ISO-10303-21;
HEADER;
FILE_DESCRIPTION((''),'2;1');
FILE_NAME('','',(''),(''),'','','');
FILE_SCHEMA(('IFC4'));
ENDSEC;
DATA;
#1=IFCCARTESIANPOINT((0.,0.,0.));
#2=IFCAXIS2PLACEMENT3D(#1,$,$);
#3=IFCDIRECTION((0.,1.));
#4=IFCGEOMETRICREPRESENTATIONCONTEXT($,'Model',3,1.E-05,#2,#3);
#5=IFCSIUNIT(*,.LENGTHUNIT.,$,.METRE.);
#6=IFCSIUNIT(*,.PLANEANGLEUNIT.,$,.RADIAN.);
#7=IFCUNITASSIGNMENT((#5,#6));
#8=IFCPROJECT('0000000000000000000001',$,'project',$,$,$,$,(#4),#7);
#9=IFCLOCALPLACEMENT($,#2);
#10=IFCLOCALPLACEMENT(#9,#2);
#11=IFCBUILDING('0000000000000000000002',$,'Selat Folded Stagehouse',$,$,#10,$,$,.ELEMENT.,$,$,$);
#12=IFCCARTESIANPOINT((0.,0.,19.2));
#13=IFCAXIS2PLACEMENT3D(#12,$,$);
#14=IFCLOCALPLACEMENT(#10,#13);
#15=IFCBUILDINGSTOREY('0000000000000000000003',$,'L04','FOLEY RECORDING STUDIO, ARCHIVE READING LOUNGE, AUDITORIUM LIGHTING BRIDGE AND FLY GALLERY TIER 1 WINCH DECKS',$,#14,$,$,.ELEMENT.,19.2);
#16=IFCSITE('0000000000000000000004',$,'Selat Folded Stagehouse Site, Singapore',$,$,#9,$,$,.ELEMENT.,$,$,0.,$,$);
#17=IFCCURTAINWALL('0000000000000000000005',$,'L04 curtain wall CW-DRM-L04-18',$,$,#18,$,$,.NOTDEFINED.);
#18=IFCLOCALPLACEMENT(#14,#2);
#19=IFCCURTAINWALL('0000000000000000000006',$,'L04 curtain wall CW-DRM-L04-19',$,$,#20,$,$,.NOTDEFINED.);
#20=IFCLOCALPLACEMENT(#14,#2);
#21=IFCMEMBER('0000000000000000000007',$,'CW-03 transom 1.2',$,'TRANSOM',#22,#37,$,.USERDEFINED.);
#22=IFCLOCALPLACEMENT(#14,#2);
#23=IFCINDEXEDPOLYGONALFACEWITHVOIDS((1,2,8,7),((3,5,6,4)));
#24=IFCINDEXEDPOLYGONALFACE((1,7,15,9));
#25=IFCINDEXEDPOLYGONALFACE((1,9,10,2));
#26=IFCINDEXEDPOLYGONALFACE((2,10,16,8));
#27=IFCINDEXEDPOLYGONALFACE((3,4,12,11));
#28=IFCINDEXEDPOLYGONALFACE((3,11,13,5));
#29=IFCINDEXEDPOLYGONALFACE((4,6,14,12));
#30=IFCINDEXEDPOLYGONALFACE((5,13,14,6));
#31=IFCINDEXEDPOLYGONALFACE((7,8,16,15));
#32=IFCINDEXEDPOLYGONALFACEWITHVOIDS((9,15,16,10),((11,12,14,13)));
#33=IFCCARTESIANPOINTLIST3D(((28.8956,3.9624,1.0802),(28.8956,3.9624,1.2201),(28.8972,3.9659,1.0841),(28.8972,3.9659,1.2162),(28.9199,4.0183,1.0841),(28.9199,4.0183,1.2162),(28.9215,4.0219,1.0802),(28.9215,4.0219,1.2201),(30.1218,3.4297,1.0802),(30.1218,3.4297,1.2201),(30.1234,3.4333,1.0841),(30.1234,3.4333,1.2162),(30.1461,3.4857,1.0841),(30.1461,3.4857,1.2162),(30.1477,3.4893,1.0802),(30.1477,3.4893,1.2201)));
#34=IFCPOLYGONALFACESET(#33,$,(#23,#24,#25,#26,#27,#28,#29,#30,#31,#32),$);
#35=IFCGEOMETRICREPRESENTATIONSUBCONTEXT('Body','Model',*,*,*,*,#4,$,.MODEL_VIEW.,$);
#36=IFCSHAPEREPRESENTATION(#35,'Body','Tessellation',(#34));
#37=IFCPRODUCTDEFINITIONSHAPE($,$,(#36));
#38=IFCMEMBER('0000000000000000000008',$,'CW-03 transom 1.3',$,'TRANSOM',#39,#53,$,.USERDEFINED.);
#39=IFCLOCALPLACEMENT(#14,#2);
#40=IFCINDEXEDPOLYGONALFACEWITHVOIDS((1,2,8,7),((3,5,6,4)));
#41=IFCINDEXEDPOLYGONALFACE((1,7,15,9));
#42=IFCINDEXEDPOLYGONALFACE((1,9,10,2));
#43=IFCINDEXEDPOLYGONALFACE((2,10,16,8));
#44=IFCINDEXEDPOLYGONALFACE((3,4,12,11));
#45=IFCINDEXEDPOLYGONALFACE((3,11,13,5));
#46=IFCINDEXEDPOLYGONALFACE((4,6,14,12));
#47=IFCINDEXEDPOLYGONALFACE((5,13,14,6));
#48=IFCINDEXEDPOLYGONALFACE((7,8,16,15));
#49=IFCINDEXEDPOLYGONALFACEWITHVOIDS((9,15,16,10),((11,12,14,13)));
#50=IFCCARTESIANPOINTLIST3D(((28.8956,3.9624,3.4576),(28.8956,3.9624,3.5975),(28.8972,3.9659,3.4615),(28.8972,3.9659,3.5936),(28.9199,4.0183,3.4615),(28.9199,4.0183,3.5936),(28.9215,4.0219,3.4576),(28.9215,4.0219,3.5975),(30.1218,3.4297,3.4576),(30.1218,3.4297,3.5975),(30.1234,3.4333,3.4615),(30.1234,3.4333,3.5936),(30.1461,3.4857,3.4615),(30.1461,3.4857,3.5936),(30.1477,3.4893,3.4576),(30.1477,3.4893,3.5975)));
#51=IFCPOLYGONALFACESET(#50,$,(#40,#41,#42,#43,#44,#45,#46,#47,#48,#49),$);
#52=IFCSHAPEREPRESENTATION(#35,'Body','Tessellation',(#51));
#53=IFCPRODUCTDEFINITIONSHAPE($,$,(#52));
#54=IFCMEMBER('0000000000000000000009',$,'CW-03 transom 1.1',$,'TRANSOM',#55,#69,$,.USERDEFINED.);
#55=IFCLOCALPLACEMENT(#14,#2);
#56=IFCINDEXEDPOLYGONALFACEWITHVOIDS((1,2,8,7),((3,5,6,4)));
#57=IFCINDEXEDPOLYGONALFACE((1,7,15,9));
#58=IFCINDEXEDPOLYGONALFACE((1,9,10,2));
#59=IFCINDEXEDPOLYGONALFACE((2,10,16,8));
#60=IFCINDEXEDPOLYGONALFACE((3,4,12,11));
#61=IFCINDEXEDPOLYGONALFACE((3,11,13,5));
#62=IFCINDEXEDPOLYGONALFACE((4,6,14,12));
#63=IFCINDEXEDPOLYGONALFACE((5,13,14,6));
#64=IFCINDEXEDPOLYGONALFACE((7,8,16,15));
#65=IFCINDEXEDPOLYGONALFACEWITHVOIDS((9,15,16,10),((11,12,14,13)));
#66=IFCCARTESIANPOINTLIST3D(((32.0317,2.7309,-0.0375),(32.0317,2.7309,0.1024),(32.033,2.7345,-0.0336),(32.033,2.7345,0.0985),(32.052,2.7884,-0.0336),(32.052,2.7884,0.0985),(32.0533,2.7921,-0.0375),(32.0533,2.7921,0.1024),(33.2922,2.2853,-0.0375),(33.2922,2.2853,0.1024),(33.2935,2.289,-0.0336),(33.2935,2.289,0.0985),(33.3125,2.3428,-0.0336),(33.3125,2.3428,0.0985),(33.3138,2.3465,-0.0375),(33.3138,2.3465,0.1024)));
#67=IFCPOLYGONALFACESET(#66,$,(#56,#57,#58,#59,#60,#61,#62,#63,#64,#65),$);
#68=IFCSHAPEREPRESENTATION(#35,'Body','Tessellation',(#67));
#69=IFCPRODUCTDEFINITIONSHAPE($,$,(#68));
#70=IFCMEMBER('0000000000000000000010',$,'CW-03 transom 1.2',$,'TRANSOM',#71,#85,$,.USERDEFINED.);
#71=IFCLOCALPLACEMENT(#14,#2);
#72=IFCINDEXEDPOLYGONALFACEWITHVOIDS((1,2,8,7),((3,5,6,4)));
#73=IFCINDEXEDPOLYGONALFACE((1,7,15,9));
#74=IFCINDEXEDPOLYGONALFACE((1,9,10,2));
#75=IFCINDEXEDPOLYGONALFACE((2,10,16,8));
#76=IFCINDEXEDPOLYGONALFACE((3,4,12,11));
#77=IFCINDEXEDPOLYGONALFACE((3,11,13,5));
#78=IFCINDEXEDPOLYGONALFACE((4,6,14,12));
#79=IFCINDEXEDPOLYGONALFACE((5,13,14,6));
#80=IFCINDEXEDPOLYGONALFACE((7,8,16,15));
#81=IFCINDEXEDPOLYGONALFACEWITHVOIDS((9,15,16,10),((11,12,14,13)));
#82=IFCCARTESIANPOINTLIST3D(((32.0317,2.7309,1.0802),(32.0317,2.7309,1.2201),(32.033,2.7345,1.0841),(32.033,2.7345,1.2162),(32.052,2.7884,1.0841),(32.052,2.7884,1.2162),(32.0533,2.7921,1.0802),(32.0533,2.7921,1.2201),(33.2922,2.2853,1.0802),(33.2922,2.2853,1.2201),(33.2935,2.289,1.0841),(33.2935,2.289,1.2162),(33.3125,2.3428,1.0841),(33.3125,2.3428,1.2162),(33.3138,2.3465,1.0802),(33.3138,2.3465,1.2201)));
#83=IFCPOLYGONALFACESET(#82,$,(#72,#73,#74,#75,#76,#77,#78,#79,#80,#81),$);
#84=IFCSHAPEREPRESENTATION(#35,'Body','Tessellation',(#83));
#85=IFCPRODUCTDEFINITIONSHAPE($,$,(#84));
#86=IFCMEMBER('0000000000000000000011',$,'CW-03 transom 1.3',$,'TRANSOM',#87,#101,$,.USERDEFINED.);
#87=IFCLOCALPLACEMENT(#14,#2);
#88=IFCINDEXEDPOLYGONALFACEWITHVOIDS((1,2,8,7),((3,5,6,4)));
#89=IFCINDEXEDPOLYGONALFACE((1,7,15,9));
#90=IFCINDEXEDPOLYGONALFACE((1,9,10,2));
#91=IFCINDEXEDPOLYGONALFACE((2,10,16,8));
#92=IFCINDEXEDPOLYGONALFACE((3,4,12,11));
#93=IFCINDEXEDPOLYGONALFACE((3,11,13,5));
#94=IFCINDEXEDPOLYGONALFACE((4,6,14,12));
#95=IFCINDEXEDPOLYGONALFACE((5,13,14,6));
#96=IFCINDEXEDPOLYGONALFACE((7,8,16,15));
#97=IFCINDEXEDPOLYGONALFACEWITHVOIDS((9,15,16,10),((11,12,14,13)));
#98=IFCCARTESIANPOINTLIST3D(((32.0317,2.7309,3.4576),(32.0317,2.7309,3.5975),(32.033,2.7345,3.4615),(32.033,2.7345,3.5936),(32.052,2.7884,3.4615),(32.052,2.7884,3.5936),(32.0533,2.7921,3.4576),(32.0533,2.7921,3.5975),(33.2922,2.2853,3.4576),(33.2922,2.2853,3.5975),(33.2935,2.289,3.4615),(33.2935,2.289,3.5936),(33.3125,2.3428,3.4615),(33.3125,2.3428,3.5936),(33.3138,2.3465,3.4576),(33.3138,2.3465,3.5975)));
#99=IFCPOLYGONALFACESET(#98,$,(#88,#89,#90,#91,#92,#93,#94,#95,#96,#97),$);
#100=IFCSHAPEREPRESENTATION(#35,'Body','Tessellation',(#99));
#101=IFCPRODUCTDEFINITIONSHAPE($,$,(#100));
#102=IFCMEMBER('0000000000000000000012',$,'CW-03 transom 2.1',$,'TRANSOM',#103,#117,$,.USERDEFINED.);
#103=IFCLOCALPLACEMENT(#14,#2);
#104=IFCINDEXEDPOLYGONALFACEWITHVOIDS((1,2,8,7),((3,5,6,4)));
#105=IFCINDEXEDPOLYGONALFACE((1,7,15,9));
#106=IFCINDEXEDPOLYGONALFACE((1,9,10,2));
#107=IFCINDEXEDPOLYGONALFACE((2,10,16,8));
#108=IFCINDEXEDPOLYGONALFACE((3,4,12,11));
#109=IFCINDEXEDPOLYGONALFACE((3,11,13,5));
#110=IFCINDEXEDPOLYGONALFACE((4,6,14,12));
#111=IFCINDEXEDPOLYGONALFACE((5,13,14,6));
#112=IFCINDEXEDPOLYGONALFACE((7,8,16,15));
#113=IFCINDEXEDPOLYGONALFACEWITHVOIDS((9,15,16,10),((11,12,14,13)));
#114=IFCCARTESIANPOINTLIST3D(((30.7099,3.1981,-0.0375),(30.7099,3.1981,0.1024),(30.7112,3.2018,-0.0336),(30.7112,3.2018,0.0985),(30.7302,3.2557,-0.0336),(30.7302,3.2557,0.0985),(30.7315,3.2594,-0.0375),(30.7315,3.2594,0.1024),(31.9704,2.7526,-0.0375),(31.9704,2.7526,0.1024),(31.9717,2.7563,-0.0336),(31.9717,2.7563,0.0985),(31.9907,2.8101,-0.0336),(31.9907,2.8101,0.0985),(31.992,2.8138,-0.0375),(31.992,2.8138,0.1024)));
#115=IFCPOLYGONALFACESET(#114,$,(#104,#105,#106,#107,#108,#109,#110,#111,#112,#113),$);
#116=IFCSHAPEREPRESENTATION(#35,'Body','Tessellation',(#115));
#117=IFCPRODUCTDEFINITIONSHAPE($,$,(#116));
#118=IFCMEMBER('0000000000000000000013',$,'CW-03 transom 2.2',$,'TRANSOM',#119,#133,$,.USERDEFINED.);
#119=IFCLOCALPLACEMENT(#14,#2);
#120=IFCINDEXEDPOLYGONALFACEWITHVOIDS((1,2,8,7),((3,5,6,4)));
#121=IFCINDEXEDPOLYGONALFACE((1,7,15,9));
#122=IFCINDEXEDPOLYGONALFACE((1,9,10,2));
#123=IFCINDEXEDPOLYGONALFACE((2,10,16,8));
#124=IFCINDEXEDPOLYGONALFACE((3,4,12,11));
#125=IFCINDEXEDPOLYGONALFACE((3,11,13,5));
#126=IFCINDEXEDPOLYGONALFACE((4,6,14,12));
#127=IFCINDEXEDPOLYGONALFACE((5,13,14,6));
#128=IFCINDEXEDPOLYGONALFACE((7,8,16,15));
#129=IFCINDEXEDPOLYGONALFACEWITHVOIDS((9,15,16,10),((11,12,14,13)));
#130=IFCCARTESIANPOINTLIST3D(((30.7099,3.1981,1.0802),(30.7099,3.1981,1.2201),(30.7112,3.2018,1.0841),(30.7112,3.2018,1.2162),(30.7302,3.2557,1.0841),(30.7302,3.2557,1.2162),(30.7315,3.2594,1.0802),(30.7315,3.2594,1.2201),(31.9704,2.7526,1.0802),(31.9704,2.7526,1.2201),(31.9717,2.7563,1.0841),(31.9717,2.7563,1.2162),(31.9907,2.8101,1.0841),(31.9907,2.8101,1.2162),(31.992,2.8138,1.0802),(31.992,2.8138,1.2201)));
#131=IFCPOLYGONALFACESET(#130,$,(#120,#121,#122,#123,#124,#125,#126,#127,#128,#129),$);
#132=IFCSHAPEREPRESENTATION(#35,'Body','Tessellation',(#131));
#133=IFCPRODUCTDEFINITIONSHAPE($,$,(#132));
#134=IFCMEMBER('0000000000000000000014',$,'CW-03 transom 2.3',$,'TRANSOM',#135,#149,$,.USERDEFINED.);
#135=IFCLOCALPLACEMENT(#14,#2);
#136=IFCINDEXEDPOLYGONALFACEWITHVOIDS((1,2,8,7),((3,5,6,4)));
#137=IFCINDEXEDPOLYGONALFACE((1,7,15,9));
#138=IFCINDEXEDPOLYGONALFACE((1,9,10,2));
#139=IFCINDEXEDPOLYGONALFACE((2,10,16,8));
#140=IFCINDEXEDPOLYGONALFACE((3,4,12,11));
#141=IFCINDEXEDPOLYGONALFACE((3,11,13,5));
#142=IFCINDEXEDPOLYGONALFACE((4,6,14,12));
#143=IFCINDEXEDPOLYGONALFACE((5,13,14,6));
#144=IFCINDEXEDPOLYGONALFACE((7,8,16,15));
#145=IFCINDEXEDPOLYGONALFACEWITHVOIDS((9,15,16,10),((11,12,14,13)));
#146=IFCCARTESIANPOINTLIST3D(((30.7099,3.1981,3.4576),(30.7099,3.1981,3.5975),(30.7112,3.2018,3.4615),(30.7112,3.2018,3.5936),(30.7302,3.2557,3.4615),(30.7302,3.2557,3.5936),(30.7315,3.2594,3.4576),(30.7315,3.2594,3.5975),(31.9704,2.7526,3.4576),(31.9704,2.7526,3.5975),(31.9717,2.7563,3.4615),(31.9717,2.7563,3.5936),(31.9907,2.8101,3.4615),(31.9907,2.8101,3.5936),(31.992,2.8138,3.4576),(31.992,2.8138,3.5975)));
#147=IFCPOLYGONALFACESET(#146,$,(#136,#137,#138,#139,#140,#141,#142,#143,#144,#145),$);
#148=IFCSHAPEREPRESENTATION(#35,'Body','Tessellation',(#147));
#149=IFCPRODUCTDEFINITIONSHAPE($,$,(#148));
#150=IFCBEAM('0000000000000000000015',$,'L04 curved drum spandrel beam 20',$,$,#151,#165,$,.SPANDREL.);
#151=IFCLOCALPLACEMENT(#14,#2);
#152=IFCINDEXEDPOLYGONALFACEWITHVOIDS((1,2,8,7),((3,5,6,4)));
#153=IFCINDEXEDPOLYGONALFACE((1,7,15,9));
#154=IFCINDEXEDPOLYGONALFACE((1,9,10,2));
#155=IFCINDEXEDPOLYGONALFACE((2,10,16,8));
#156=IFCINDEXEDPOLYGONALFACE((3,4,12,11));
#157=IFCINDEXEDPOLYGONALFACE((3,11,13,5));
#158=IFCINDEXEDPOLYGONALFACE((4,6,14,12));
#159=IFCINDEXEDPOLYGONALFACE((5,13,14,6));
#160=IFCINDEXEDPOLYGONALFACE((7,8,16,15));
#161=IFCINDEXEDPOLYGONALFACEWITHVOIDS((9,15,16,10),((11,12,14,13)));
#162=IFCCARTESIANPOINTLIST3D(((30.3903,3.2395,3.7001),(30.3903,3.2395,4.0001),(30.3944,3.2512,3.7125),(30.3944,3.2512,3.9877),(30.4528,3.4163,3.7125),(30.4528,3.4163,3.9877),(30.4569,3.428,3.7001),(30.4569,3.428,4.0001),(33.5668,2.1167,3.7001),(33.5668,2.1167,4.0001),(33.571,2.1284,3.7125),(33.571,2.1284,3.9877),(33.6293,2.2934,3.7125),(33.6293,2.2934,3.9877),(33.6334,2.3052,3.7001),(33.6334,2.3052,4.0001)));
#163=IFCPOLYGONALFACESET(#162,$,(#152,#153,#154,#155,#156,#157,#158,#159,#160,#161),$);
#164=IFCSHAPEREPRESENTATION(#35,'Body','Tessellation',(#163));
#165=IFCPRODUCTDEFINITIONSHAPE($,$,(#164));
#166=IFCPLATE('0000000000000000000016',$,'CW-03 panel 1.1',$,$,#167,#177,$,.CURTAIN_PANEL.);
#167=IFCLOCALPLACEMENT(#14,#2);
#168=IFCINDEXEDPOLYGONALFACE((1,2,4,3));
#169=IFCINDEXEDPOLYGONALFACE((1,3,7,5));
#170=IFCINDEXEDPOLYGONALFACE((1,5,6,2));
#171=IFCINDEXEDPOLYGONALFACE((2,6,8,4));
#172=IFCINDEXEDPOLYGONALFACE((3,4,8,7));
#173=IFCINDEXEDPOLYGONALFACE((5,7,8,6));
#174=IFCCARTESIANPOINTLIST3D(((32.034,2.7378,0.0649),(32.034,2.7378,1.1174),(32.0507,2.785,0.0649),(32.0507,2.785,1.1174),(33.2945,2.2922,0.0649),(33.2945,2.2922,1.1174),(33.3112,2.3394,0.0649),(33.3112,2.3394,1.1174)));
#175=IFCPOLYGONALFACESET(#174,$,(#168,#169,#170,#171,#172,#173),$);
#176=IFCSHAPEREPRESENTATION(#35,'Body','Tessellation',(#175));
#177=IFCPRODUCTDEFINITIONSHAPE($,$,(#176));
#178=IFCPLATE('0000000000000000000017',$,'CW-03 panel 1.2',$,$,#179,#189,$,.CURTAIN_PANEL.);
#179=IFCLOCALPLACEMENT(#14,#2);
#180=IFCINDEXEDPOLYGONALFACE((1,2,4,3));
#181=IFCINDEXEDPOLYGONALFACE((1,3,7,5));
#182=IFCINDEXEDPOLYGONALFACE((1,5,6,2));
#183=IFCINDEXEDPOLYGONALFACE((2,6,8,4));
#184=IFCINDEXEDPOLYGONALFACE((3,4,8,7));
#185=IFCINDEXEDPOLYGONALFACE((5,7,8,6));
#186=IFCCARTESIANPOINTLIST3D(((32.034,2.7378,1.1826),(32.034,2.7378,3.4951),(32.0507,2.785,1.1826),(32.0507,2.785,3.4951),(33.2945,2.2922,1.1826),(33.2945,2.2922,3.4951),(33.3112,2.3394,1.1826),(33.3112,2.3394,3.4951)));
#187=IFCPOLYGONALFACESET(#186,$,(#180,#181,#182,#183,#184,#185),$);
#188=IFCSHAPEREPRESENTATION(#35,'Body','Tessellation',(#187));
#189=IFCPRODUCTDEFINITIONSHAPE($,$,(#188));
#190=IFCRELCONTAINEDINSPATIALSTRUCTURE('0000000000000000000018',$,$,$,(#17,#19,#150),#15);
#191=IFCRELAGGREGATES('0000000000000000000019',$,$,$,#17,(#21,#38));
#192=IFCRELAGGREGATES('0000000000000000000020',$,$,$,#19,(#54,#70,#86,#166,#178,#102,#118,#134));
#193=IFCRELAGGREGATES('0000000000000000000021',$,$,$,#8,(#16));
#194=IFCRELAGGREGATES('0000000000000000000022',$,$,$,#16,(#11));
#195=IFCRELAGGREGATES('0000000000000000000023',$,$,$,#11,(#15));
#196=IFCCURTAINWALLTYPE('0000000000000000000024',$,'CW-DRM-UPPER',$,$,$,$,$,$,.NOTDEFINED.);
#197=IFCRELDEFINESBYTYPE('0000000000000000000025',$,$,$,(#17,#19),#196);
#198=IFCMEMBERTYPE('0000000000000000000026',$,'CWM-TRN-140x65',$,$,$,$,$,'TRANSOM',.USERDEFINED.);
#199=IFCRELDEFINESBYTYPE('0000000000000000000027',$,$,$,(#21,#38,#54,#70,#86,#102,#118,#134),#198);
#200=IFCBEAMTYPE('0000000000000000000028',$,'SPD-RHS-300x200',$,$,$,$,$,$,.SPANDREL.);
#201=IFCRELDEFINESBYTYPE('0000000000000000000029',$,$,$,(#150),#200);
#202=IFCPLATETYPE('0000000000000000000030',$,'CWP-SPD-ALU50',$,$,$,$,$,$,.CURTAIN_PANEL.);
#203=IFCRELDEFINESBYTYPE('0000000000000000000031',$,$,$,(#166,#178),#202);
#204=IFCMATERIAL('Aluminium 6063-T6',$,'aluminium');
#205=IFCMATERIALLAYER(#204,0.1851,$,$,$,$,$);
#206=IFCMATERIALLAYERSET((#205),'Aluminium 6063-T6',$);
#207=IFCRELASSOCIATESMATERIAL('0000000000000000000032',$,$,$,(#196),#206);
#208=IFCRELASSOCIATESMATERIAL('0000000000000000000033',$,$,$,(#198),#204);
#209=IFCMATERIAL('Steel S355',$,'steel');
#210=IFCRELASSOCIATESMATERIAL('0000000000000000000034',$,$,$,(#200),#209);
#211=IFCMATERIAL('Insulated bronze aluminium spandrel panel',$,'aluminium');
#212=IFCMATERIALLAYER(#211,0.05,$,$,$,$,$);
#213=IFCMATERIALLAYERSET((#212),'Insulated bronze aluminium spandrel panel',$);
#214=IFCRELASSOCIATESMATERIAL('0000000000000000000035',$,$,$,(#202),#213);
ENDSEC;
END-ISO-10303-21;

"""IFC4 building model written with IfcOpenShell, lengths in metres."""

from ifc_helpers import new_model, si_unit, direction, frame, origin, origin_2d, place, context, subcontext, project, spatial, rectangle, hollow_rectangle, extrude, material, layer, layer_set, material_profile, profile_set, type_object, element, aggregate, save


model = new_model("IFC4")

# Units and contexts
model_context = context("Model", 3, precision=1e-05, world=origin(), true_north=direction((0.0, 1.0)))
body_context = subcontext(model_context, "Body", "Model", "MODEL_VIEW")
ifc_project = project(units=[si_unit("LENGTHUNIT", "METRE"), si_unit("PLANEANGLEUNIT", "RADIAN")], contexts=[model_context])

# Site, building, storey
site_placement = place(None, origin())
site = spatial("IfcSite", under=ifc_project, at=site_placement, Name="Selat Folded Stagehouse Site, Singapore", CompositionType="ELEMENT", RefElevation=0.0)
building_placement = place(site_placement, origin())
building = spatial("IfcBuilding", under=site, at=building_placement, Name="Selat Folded Stagehouse", CompositionType="ELEMENT")
storey_placement = place(building_placement, frame((0.0, 0.0, 19.2)))
storey = spatial("IfcBuildingStorey", under=building, at=storey_placement, Name="L04", Description="FOLEY RECORDING STUDIO, ARCHIVE READING LOUNGE, AUDITORIUM LIGHTING BRIDGE AND FLY GALLERY TIER 1 WINCH DECKS", CompositionType="ELEMENT", Elevation=19.2)

# Shared definitions
ifc_material_1 = material(Name="Steel S355", Category="steel")

# Curtain wall
ifc_material_2 = material(Name="Aluminium 6063-T6", Category="aluminium")
ifc_layer_1 = layer(ifc_material_2, 0.1851)
ifc_layer_set_1 = layer_set([ifc_layer_1], Name="Aluminium 6063-T6")
curtain_wall_type = type_object("IfcCurtainWallType", Name="CW-DRM-UPPER", PredefinedType="NOTDEFINED", material=ifc_layer_set_1)
curtain_wall_1_placement = place(storey_placement, origin())
curtain_wall_1 = element("IfcCurtainWall", 1, at=curtain_wall_1_placement, inside=storey, type_object=curtain_wall_type, Name="L04 curtain wall CW-DRM-L04-18", PredefinedType="NOTDEFINED")

# Curtain wall
curtain_wall_2_placement = place(storey_placement, origin())
curtain_wall_2 = element("IfcCurtainWall", 2, at=curtain_wall_2_placement, inside=storey, type_object=curtain_wall_type, Name="L04 curtain wall CW-DRM-L04-19", PredefinedType="NOTDEFINED")

# Members
ifc_material_profile_1 = material_profile(ifc_material_2, hollow_rectangle(XDim=0.0649, YDim=0.1399, WallThickness=0.0039, at=origin_2d()), Name="ALU 140x65x4.0")
ifc_profile_set_1 = profile_set([ifc_material_profile_1], Name="Aluminium 6063-T6")
member_type_1 = type_object("IfcMemberType", Name="CWM-TRN-140x65", ElementType="TRANSOM", PredefinedType="USERDEFINED", material=ifc_profile_set_1)
member_1_placement = place(storey_placement, frame((30.1348, 3.4595, 1.1501), z_axis=(-0.917198, 0.398432, 0.0), x_axis=(-0.398432, -0.917198, 0.0)))
member_1 = element("IfcMember", 3, at=member_1_placement, type_object=member_type_1, Name="CW-03 transom 1.2", ObjectType="TRANSOM", PredefinedType="USERDEFINED", context=body_context, shape_type="SweptSolid", body=[
    extrude(hollow_rectangle(XDim=0.0649, YDim=0.1399, WallThickness=0.0039, at=origin_2d()), origin(), (0.0, 0.0, 1.0), 1.3369),
])
member_2_placement = place(storey_placement, frame((30.1348, 3.4595, 3.5276), z_axis=(-0.917198, 0.398432, 0.0), x_axis=(-0.398432, -0.917198, 0.0)))
member_2 = element("IfcMember", 4, at=member_2_placement, type_object=member_type_1, Name="CW-03 transom 1.3", ObjectType="TRANSOM", PredefinedType="USERDEFINED", context=body_context, shape_type="SweptSolid", body=[
    extrude(hollow_rectangle(XDim=0.0649, YDim=0.1399, WallThickness=0.0039, at=origin_2d()), origin(), (0.0, 0.0, 1.0), 1.3369),
])
aggregate(curtain_wall_1, [member_1, member_2])
member_3_placement = place(storey_placement, frame((33.303, 2.3159, 0.0325), z_axis=(-0.942832, 0.333269, 0.0), x_axis=(-0.333269, -0.942832, 0.0)))
member_3 = element("IfcMember", 5, at=member_3_placement, type_object=member_type_1, Name="CW-03 transom 1.1", ObjectType="TRANSOM", PredefinedType="USERDEFINED", context=body_context, shape_type="SweptSolid", body=[
    extrude(hollow_rectangle(XDim=0.0649, YDim=0.1399, WallThickness=0.0039, at=origin_2d()), origin(), (0.0, 0.0, 1.0), 1.3369),
])
member_4_placement = place(storey_placement, frame((33.303, 2.3159, 1.1501), z_axis=(-0.942832, 0.333269, 0.0), x_axis=(-0.333269, -0.942832, 0.0)))
member_4 = element("IfcMember", 6, at=member_4_placement, type_object=member_type_1, Name="CW-03 transom 1.2", ObjectType="TRANSOM", PredefinedType="USERDEFINED", context=body_context, shape_type="SweptSolid", body=[
    extrude(hollow_rectangle(XDim=0.0649, YDim=0.1399, WallThickness=0.0039, at=origin_2d()), origin(), (0.0, 0.0, 1.0), 1.3369),
])
member_5_placement = place(storey_placement, frame((33.303, 2.3159, 3.5276), z_axis=(-0.942832, 0.333269, 0.0), x_axis=(-0.333269, -0.942832, 0.0)))
member_5 = element("IfcMember", 7, at=member_5_placement, type_object=member_type_1, Name="CW-03 transom 1.3", ObjectType="TRANSOM", PredefinedType="USERDEFINED", context=body_context, shape_type="SweptSolid", body=[
    extrude(hollow_rectangle(XDim=0.0649, YDim=0.1399, WallThickness=0.0039, at=origin_2d()), origin(), (0.0, 0.0, 1.0), 1.3369),
])
member_6_placement = place(storey_placement, frame((31.9812, 2.7832, 0.0325), z_axis=(-0.942832, 0.333269, 0.0), x_axis=(-0.333269, -0.942832, 0.0)))
member_6 = element("IfcMember", 8, at=member_6_placement, type_object=member_type_1, Name="CW-03 transom 2.1", ObjectType="TRANSOM", PredefinedType="USERDEFINED", context=body_context, shape_type="SweptSolid", body=[
    extrude(hollow_rectangle(XDim=0.0649, YDim=0.1399, WallThickness=0.0039, at=origin_2d()), origin(), (0.0, 0.0, 1.0), 1.3369),
])
member_7_placement = place(storey_placement, frame((31.9812, 2.7832, 1.1501), z_axis=(-0.942832, 0.333269, 0.0), x_axis=(-0.333269, -0.942832, 0.0)))
member_7 = element("IfcMember", 9, at=member_7_placement, type_object=member_type_1, Name="CW-03 transom 2.2", ObjectType="TRANSOM", PredefinedType="USERDEFINED", context=body_context, shape_type="SweptSolid", body=[
    extrude(hollow_rectangle(XDim=0.0649, YDim=0.1399, WallThickness=0.0039, at=origin_2d()), origin(), (0.0, 0.0, 1.0), 1.3369),
])
member_8_placement = place(storey_placement, frame((31.9812, 2.7832, 3.5276), z_axis=(-0.942832, 0.333269, 0.0), x_axis=(-0.333269, -0.942832, 0.0)))
member_8 = element("IfcMember", 10, at=member_8_placement, type_object=member_type_1, Name="CW-03 transom 2.3", ObjectType="TRANSOM", PredefinedType="USERDEFINED", context=body_context, shape_type="SweptSolid", body=[
    extrude(hollow_rectangle(XDim=0.0649, YDim=0.1399, WallThickness=0.0039, at=origin_2d()), origin(), (0.0, 0.0, 1.0), 1.3369),
])

# Beam
ifc_material_profile_2 = material_profile(ifc_material_1, hollow_rectangle(XDim=0.2, YDim=0.3, WallThickness=0.0125, at=origin_2d()), Name="RHS 300x200x12.5")
ifc_profile_set_2 = profile_set([ifc_material_profile_2], Name="Steel S355")
beam_type = type_object("IfcBeamType", Name="SPD-RHS-300x200", PredefinedType="SPANDREL", material=ifc_profile_set_2)
beam_placement = place(storey_placement, frame((30.4236, 3.3337, 3.8501), z_axis=(0.942834, -0.333264, 0.0), x_axis=(0.333264, 0.942834, 0.0)))
element("IfcBeam", 11, at=beam_placement, inside=storey, type_object=beam_type, Name="L04 curved drum spandrel beam 20", PredefinedType="SPANDREL", context=body_context, shape_type="SweptSolid", body=[
    extrude(hollow_rectangle(XDim=0.2, YDim=0.3, WallThickness=0.0125, at=origin_2d()), origin(), (0.0, 0.0, 1.0), 3.3691),
])

# Plates
ifc_material_3 = material(Name="Insulated bronze aluminium spandrel panel", Category="aluminium")
ifc_layer_2 = layer(ifc_material_3, 0.05)
ifc_layer_set_2 = layer_set([ifc_layer_2], Name="Insulated bronze aluminium spandrel panel")
plate_type = type_object("IfcPlateType", Name="CWP-SPD-ALU50", PredefinedType="CURTAIN_PANEL", material=ifc_layer_set_2)
plate_1_placement = place(storey_placement, frame((32.6726, 2.5386, 0.0649), z_axis=(0.0, 0.0, 1.0), x_axis=(-0.942816, 0.333314, 0.0)))
plate_1 = element("IfcPlate", 12, at=plate_1_placement, type_object=plate_type, Name="CW-03 panel 1.1", PredefinedType="CURTAIN_PANEL", context=body_context, shape_type="SweptSolid", body=[
    extrude(rectangle(XDim=1.3369, YDim=0.05, at=origin_2d()), origin(), (0.0, 0.0, 1.0), 1.0525),
])
plate_2_placement = place(storey_placement, frame((32.6726, 2.5386, 1.1826), z_axis=(0.0, 0.0, 1.0), x_axis=(-0.942816, 0.333314, 0.0)))
plate_2 = element("IfcPlate", 13, at=plate_2_placement, type_object=plate_type, Name="CW-03 panel 1.2", PredefinedType="CURTAIN_PANEL", context=body_context, shape_type="SweptSolid", body=[
    extrude(rectangle(XDim=1.3369, YDim=0.05, at=origin_2d()), origin(), (0.0, 0.0, 1.0), 2.3125),
])
aggregate(curtain_wall_2, [member_3, member_4, member_5, plate_1, plate_2, member_6, member_7, member_8])

save(model, "model.ifc")
